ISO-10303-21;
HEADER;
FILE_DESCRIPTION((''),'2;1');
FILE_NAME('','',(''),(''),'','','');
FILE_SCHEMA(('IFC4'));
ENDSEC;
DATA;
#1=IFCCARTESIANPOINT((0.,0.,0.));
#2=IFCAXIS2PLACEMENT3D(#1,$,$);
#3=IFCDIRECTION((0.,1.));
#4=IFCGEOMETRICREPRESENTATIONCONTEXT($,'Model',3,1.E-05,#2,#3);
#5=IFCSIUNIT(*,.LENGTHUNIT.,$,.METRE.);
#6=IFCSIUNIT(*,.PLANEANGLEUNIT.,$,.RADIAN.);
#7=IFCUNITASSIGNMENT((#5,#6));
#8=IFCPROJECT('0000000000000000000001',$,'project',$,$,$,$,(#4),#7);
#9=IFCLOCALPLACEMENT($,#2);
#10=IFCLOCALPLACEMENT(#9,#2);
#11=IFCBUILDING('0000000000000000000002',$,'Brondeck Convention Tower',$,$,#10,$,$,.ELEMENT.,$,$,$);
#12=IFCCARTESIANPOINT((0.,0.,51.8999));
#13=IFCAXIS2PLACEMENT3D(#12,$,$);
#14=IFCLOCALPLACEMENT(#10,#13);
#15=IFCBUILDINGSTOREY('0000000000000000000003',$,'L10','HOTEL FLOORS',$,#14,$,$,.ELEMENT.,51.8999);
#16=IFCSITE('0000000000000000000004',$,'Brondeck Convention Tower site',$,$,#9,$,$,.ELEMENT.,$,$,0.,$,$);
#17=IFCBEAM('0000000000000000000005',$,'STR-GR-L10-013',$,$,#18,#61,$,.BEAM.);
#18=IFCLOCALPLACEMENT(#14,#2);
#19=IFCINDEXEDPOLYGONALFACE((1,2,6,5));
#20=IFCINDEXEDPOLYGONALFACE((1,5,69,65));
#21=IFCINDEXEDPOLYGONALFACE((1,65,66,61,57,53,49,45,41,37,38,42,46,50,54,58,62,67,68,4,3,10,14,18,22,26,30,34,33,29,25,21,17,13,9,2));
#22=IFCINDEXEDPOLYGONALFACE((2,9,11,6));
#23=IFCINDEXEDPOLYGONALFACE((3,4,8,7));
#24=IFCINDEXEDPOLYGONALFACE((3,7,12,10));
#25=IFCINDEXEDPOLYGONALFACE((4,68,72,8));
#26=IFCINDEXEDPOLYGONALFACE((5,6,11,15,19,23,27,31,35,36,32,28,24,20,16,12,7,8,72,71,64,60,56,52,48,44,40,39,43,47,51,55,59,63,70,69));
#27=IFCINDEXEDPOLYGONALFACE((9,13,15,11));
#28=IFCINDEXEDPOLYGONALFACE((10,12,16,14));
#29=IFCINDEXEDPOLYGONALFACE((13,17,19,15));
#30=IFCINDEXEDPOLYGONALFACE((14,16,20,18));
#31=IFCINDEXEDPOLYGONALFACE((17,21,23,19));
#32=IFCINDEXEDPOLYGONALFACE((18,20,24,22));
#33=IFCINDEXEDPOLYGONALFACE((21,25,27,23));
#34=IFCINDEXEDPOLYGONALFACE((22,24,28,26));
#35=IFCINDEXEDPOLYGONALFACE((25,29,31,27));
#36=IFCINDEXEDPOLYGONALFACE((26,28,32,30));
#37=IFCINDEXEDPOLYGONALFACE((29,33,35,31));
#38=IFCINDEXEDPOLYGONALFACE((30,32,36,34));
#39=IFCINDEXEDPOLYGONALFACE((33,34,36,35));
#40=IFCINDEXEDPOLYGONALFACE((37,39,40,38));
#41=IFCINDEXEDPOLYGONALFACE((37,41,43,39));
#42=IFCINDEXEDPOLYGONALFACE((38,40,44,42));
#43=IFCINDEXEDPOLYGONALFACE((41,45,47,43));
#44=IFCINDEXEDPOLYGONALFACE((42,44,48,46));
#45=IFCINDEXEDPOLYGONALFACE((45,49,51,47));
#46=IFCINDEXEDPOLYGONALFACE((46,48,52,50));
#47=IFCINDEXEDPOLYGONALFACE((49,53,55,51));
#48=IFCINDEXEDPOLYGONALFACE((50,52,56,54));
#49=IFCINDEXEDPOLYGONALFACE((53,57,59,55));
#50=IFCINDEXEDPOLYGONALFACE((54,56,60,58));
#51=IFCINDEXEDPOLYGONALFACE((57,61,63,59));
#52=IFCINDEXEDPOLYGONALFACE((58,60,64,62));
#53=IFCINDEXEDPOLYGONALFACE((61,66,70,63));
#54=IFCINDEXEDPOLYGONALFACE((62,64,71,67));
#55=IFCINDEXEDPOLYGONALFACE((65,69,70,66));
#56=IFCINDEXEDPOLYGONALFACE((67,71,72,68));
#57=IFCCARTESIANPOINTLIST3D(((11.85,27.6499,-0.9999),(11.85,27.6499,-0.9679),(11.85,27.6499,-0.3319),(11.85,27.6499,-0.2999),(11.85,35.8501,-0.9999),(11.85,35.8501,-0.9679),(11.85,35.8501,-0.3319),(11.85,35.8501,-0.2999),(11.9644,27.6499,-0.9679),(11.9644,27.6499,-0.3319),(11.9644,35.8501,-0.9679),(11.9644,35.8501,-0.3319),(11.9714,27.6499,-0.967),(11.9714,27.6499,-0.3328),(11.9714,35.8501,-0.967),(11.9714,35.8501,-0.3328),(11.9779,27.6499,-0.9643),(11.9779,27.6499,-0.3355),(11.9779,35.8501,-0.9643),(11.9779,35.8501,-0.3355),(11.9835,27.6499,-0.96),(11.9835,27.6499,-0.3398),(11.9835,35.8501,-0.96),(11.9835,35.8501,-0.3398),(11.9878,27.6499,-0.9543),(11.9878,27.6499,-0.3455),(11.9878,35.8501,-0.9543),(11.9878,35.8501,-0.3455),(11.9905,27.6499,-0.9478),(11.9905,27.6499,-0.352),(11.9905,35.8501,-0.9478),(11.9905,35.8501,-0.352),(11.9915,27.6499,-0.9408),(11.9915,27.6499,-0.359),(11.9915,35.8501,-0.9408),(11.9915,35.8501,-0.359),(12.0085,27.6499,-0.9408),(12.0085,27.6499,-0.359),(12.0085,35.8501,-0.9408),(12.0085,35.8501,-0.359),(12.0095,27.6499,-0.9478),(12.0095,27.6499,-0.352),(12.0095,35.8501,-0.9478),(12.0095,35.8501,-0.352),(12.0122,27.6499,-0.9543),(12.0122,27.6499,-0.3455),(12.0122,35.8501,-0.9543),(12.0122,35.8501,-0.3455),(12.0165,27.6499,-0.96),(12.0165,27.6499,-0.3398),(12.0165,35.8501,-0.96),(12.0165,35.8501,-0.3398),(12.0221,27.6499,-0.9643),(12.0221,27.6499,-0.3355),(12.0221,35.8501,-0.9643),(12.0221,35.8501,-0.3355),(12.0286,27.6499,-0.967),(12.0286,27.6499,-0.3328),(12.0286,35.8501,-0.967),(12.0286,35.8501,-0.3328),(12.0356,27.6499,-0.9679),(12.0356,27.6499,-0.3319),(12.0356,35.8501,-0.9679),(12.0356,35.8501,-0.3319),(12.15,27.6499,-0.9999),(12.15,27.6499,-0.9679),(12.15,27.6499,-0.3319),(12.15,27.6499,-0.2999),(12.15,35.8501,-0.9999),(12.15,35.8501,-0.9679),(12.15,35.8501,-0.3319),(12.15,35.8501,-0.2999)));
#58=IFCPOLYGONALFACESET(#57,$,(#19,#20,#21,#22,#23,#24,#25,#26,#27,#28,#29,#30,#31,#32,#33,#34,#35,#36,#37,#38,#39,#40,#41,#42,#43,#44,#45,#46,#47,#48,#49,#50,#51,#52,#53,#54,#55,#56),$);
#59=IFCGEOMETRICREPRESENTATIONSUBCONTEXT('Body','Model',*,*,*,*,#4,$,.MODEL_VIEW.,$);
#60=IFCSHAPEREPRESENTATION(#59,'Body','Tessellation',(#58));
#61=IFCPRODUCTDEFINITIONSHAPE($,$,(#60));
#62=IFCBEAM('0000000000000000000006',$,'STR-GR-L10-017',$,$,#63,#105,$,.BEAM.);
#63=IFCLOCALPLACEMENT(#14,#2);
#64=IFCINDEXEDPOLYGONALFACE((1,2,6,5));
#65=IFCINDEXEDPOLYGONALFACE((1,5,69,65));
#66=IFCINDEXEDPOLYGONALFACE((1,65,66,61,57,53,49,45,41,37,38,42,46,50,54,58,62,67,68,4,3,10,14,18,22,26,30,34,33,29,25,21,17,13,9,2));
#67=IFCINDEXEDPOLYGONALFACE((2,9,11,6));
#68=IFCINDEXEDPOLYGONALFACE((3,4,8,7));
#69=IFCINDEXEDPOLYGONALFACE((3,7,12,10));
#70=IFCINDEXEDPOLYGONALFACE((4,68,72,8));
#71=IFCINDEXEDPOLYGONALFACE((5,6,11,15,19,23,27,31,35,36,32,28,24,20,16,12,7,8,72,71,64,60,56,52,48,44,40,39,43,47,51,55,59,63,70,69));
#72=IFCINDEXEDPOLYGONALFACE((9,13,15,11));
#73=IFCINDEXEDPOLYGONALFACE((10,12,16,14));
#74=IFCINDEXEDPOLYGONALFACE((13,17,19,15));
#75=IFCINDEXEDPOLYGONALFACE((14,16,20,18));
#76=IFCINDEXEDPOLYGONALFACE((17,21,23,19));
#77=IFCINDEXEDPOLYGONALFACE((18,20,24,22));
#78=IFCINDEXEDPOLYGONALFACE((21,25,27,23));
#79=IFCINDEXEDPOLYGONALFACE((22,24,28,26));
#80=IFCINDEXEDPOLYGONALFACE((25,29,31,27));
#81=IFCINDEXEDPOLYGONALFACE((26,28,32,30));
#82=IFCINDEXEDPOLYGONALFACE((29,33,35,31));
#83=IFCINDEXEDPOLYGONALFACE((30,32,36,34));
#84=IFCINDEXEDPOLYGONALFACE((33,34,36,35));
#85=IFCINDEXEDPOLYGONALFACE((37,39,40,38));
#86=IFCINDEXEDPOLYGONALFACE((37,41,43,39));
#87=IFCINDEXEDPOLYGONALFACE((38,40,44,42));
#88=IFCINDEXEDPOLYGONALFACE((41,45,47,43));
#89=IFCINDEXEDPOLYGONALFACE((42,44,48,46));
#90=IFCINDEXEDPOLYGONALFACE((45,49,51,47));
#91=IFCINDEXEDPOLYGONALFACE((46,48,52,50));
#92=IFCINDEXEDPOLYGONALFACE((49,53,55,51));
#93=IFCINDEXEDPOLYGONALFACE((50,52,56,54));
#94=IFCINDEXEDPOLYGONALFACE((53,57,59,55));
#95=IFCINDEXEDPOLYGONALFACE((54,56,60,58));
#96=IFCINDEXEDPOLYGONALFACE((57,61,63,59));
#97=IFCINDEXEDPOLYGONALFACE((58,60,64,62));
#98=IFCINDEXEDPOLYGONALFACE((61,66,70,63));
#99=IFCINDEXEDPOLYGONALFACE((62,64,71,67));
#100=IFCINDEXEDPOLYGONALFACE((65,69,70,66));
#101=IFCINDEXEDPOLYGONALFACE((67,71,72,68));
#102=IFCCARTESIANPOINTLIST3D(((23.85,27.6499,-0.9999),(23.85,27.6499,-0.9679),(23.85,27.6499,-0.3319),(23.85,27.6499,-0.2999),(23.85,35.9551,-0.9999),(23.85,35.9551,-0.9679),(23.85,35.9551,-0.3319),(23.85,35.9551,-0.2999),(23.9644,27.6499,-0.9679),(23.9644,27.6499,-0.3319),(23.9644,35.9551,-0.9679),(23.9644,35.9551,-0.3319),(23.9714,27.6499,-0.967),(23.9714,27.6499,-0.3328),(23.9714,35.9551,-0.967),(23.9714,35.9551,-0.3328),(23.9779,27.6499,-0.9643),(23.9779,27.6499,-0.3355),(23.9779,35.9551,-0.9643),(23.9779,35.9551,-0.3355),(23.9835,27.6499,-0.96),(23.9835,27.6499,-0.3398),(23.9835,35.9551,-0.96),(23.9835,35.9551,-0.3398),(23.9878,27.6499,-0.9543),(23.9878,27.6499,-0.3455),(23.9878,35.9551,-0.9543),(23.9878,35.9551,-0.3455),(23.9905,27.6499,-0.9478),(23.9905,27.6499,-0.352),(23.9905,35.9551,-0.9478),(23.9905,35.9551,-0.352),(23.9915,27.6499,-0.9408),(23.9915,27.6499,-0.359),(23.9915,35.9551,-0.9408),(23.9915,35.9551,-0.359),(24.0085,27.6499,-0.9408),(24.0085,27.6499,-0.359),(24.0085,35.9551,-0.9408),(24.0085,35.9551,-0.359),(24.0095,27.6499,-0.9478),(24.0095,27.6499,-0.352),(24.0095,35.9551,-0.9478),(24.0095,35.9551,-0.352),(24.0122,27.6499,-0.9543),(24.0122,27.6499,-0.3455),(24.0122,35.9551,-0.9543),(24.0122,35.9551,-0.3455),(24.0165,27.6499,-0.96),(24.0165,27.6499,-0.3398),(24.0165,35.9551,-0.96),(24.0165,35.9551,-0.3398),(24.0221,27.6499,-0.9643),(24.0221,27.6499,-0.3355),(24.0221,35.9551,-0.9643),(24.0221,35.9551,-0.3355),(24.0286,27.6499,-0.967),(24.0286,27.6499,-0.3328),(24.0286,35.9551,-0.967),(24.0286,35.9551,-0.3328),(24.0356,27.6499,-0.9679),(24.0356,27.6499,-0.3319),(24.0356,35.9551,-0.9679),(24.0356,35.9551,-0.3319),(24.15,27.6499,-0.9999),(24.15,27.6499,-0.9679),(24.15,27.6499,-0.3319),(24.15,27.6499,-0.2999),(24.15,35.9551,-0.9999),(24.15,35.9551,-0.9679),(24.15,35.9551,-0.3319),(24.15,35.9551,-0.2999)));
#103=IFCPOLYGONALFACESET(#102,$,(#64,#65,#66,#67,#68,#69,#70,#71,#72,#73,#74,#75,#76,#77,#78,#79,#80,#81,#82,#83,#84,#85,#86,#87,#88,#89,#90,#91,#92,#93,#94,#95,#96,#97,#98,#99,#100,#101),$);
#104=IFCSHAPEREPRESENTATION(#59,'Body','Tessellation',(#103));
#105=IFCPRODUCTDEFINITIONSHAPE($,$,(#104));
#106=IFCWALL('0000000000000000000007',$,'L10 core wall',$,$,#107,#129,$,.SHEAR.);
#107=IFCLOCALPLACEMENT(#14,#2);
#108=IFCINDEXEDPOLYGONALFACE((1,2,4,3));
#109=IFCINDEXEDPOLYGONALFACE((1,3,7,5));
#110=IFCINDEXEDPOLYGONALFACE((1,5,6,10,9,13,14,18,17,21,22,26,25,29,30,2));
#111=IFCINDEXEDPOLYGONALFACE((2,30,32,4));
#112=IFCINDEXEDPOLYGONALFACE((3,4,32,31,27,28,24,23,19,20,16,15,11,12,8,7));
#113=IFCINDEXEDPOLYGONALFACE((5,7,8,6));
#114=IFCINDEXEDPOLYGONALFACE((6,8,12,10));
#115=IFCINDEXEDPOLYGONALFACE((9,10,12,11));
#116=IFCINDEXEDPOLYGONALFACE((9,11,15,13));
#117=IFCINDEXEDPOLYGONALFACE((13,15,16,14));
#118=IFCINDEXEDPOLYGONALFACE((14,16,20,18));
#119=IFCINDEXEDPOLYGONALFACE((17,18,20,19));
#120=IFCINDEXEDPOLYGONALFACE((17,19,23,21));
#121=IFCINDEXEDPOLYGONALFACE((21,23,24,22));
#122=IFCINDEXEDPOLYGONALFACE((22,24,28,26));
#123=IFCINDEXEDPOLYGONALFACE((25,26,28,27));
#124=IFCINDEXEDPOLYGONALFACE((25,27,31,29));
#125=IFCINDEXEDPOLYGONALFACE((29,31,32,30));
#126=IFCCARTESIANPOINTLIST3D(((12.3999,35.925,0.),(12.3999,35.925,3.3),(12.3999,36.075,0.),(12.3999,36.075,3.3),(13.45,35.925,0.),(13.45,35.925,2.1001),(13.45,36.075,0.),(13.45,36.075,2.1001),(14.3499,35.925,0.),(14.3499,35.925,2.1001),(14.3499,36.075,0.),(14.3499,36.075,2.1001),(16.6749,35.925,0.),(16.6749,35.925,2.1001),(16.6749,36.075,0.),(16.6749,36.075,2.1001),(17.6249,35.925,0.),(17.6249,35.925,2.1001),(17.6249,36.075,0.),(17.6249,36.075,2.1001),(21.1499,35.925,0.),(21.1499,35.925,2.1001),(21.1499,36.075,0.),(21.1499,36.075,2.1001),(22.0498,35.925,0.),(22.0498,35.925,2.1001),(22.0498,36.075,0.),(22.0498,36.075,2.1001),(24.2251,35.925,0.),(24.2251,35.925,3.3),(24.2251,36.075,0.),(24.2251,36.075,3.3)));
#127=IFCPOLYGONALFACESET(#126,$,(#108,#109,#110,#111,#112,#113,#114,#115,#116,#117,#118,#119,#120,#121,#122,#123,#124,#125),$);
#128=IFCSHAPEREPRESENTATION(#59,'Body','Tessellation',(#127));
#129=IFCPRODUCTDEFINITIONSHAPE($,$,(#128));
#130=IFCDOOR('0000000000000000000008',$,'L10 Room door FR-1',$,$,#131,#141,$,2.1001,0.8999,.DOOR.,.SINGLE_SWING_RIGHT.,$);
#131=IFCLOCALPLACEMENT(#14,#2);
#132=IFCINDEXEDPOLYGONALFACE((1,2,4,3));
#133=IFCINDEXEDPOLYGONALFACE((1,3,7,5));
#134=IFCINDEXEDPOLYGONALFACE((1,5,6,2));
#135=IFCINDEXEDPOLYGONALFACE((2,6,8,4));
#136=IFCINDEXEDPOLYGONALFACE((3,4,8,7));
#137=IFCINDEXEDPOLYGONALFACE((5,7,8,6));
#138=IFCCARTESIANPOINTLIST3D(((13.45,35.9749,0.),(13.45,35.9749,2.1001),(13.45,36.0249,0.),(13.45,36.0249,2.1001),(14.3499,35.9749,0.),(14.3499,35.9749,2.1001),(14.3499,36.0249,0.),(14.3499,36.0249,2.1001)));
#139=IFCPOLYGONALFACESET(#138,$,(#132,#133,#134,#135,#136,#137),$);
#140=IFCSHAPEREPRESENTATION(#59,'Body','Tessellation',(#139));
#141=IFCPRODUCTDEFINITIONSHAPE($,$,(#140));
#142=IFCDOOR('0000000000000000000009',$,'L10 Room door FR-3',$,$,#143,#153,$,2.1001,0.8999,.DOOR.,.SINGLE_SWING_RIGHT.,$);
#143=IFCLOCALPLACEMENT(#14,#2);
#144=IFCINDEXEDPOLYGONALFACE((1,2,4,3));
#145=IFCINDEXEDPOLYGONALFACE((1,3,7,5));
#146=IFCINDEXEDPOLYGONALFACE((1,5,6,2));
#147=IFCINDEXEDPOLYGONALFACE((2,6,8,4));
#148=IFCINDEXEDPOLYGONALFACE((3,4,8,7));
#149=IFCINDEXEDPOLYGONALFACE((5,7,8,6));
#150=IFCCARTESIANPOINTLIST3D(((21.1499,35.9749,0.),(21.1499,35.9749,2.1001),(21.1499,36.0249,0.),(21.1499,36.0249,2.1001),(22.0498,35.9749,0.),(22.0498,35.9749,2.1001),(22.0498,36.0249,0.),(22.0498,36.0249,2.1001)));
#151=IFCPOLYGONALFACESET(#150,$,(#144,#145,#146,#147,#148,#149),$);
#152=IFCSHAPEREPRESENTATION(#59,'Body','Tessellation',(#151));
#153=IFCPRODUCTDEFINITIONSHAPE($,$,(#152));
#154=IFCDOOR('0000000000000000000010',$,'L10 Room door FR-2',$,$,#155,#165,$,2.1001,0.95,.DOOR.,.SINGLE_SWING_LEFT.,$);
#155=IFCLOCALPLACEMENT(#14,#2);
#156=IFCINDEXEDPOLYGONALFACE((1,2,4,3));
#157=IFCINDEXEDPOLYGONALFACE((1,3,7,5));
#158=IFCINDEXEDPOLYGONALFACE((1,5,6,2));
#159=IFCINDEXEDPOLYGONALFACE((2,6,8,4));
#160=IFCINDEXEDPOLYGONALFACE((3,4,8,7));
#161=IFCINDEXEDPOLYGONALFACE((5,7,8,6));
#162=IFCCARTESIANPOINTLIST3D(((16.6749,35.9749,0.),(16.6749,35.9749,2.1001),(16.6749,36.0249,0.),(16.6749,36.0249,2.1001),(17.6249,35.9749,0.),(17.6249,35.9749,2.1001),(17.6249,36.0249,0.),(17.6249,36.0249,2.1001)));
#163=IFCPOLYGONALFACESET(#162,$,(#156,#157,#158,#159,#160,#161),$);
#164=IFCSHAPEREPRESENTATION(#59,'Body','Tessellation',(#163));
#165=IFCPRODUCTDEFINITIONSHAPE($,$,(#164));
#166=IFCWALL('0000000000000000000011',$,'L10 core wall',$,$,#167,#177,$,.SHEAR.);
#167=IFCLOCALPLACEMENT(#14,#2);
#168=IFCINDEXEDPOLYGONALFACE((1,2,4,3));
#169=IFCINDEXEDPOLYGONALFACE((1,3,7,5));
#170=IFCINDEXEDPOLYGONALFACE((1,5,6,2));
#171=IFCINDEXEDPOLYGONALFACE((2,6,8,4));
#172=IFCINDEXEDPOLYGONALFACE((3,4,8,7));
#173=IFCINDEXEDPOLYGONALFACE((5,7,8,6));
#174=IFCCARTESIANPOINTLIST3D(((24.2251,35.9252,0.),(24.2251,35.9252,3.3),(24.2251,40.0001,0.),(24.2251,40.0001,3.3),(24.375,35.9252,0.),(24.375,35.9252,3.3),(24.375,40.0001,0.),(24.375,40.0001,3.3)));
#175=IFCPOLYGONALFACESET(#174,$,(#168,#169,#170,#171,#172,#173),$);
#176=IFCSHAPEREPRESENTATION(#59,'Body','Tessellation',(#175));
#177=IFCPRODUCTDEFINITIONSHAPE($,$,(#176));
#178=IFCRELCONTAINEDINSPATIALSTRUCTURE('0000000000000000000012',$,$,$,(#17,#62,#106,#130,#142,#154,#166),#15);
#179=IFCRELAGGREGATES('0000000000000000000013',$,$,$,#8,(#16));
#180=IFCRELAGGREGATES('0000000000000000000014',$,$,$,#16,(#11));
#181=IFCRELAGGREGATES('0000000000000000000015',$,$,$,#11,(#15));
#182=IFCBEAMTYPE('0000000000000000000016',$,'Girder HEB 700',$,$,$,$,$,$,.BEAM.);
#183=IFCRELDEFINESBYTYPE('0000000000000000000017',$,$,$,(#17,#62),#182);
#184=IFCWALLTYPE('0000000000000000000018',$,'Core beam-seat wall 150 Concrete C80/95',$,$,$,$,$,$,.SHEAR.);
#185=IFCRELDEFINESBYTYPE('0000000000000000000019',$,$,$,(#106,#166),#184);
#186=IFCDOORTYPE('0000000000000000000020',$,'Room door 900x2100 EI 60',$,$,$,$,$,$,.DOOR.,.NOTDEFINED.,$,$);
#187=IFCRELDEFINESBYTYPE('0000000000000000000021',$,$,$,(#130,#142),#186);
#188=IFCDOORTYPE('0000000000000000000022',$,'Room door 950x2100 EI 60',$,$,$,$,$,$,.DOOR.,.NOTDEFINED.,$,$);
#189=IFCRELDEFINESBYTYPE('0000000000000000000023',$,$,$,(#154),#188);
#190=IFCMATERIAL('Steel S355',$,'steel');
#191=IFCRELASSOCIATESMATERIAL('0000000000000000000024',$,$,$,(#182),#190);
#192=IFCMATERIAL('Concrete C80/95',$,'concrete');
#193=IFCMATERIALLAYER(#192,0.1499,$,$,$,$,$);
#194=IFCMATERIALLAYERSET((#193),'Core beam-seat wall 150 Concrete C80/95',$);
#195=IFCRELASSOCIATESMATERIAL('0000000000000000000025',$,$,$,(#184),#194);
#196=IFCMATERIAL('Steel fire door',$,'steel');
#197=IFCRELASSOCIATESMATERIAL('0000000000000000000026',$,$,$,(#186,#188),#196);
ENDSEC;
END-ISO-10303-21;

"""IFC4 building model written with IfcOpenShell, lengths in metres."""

from ifc_helpers import new_model, si_unit, direction, frame, frame_2d, origin, origin_2d, place, context, subcontext, project, spatial, rectangle, i_section, extrude, material, layer, layer_set, material_profile, profile_set, type_object, element, fill, save


model = new_model("IFC4")

# Units and contexts
model_context = context("Model", 3, precision=1e-05, world=origin(), true_north=direction((0.0, 1.0)))
body_context = subcontext(model_context, "Body", "Model", "MODEL_VIEW")
ifc_project = project(units=[si_unit("LENGTHUNIT", "METRE"), si_unit("PLANEANGLEUNIT", "RADIAN")], contexts=[model_context])

# Site, building, storey
site_placement = place(None, origin())
site = spatial("IfcSite", under=ifc_project, at=site_placement, Name="Brondeck Convention Tower site", CompositionType="ELEMENT", RefElevation=0.0)
building_placement = place(site_placement, origin())
building = spatial("IfcBuilding", under=site, at=building_placement, Name="Brondeck Convention Tower", CompositionType="ELEMENT")
storey_placement = place(building_placement, frame((0.0, 0.0, 51.8999)))
storey = spatial("IfcBuildingStorey", under=building, at=storey_placement, Name="L10", Description="HOTEL FLOORS", CompositionType="ELEMENT", Elevation=51.8999)

# Beams
ifc_material_1 = material(Name="Steel S355", Category="steel")
ifc_material_profile = material_profile(ifc_material_1, i_section(OverallWidth=0.3, OverallDepth=0.7, WebThickness=0.0171, FlangeThickness=0.032, FilletRadius=0.0271, at=origin_2d()), Name="HEB 700")
ifc_profile_set = profile_set([ifc_material_profile], Name="Steel S355")
beam_type = type_object("IfcBeamType", Name="Girder HEB 700", PredefinedType="BEAM", material=ifc_profile_set)
beam_1_placement = place(storey_placement, frame((12.0, 35.8501, -0.6499), z_axis=(0.0, -1.0, 0.0), x_axis=(1.0, 0.0, 0.0)))
element("IfcBeam", 1, at=beam_1_placement, inside=storey, type_object=beam_type, Name="STR-GR-L10-013", PredefinedType="BEAM", context=body_context, shape_type="SweptSolid", body=[
    extrude(i_section(OverallWidth=0.3, OverallDepth=0.7, WebThickness=0.0171, FlangeThickness=0.032, FilletRadius=0.0271, at=origin_2d()), origin(), (0.0, 0.0, 1.0), 8.2002),
])
beam_2_placement = place(storey_placement, frame((24.0, 35.9551, -0.6499), z_axis=(0.0, -1.0, 0.0), x_axis=(1.0, 0.0, 0.0)))
element("IfcBeam", 2, at=beam_2_placement, inside=storey, type_object=beam_type, Name="STR-GR-L10-017", PredefinedType="BEAM", context=body_context, shape_type="SweptSolid", body=[
    extrude(i_section(OverallWidth=0.3, OverallDepth=0.7, WebThickness=0.0171, FlangeThickness=0.032, FilletRadius=0.0271, at=origin_2d()), origin(), (0.0, 0.0, 1.0), 8.3052),
])

# Wall, openings, doors
ifc_material_2 = material(Name="Concrete C80/95", Category="concrete")
ifc_layer_1 = layer(ifc_material_2, 0.1499)
ifc_layer_set_1 = layer_set([ifc_layer_1], Name="Core beam-seat wall 150 Concrete C80/95")
wall_type_1 = type_object("IfcWallType", Name="Core beam-seat wall 150 Concrete C80/95", PredefinedType="SHEAR", material=ifc_layer_set_1)
wall_1_placement = place(storey_placement, frame((12.3999, 36.0, 0.0), z_axis=(0.0, 0.0, 1.0), x_axis=(1.0, 0.0, 0.0)))
wall_1 = element("IfcWall", 3, at=wall_1_placement, inside=storey, type_object=wall_type_1, Name="L10 core wall", PredefinedType="SHEAR", context=body_context, shape_type="SweptSolid", body=[
    extrude(rectangle(XDim=11.8252, YDim=0.1499, at=frame_2d((5.9126, 0.0))), origin(), (0.0, 0.0, 1.0), 3.3),
])
opening_1_placement = place(wall_1_placement, frame((1.05, 0.0, 0.0)))
opening_1 = element("IfcOpeningElement", 4, at=opening_1_placement, cuts=wall_1, PredefinedType="OPENING", context=body_context, shape_type="SweptSolid", body=[
    extrude(rectangle(XDim=0.8999, YDim=2.1001, at=frame_2d((0.45, 1.05))), frame((0.0, 0.085, 0.0), z_axis=(0.0, -1.0, 0.0), x_axis=(1.0, 0.0, 0.0)), (0.0, 0.0, 1.0), 0.1699),
])
opening_2_placement = place(wall_1_placement, frame((4.2749, 0.0, 0.0)))
opening_2 = element("IfcOpeningElement", 5, at=opening_2_placement, cuts=wall_1, PredefinedType="OPENING", context=body_context, shape_type="SweptSolid", body=[
    extrude(rectangle(XDim=0.95, YDim=2.1001, at=frame_2d((0.4751, 1.05))), frame((0.0, 0.085, 0.0), z_axis=(0.0, -1.0, 0.0), x_axis=(1.0, 0.0, 0.0)), (0.0, 0.0, 1.0), 0.1699),
])
opening_3_placement = place(wall_1_placement, frame((8.75, 0.0, 0.0)))
opening_3 = element("IfcOpeningElement", 6, at=opening_3_placement, cuts=wall_1, PredefinedType="OPENING", context=body_context, shape_type="SweptSolid", body=[
    extrude(rectangle(XDim=0.8999, YDim=2.1001, at=frame_2d((0.45, 1.05))), frame((0.0, 0.085, 0.0), z_axis=(0.0, -1.0, 0.0), x_axis=(1.0, 0.0, 0.0)), (0.0, 0.0, 1.0), 0.1699),
])
ifc_material_3 = material(Name="Steel fire door", Category="steel")
door_type_1 = type_object("IfcDoorType", Name="Room door 900x2100 EI 60", OperationType="NOTDEFINED", PredefinedType="DOOR", material=ifc_material_3)
door_1_placement = place(opening_1_placement, origin())
door_1 = element("IfcDoor", 7, at=door_1_placement, inside=storey, type_object=door_type_1, Name="L10 Room door FR-1", OperationType="SINGLE_SWING_RIGHT", OverallHeight=2.1001, OverallWidth=0.8999, PredefinedType="DOOR", context=body_context, shape_type="SweptSolid", body=[
    extrude(rectangle(XDim=0.8999, YDim=2.1001, at=frame_2d((0.45, 1.05))), frame((0.0, 0.0249, 0.0), z_axis=(0.0, -1.0, 0.0), x_axis=(1.0, 0.0, 0.0)), (0.0, 0.0, 1.0), 0.05),
])
fill(opening_1, door_1)
door_2_placement = place(opening_3_placement, origin())
door_2 = element("IfcDoor", 8, at=door_2_placement, inside=storey, type_object=door_type_1, Name="L10 Room door FR-3", OperationType="SINGLE_SWING_RIGHT", OverallHeight=2.1001, OverallWidth=0.8999, PredefinedType="DOOR", context=body_context, shape_type="SweptSolid", body=[
    extrude(rectangle(XDim=0.8999, YDim=2.1001, at=frame_2d((0.45, 1.05))), frame((0.0, 0.0249, 0.0), z_axis=(0.0, -1.0, 0.0), x_axis=(1.0, 0.0, 0.0)), (0.0, 0.0, 1.0), 0.05),
])
fill(opening_3, door_2)
door_type_2 = type_object("IfcDoorType", Name="Room door 950x2100 EI 60", OperationType="NOTDEFINED", PredefinedType="DOOR", material=ifc_material_3)
door_3_placement = place(opening_2_placement, origin())
door_3 = element("IfcDoor", 9, at=door_3_placement, inside=storey, type_object=door_type_2, Name="L10 Room door FR-2", OperationType="SINGLE_SWING_LEFT", OverallHeight=2.1001, OverallWidth=0.95, PredefinedType="DOOR", context=body_context, shape_type="SweptSolid", body=[
    extrude(rectangle(XDim=0.95, YDim=2.1001, at=frame_2d((0.4751, 1.05))), frame((0.0, 0.0249, 0.0), z_axis=(0.0, -1.0, 0.0), x_axis=(1.0, 0.0, 0.0)), (0.0, 0.0, 1.0), 0.05),
])
fill(opening_2, door_3)

# Wall
wall_2_placement = place(storey_placement, frame((24.3, 35.925, 0.0), z_axis=(0.0, 0.0, 1.0), x_axis=(0.0, 1.0, 0.0)))
element("IfcWall", 10, at=wall_2_placement, inside=storey, type_object=wall_type_1, Name="L10 core wall", PredefinedType="SHEAR", context=body_context, shape_type="SweptSolid", body=[
    extrude(rectangle(XDim=4.075, YDim=0.1499, at=frame_2d((2.0376, 0.0))), origin(), (0.0, 0.0, 1.0), 3.3),
])

save(model, "model.ifc")
